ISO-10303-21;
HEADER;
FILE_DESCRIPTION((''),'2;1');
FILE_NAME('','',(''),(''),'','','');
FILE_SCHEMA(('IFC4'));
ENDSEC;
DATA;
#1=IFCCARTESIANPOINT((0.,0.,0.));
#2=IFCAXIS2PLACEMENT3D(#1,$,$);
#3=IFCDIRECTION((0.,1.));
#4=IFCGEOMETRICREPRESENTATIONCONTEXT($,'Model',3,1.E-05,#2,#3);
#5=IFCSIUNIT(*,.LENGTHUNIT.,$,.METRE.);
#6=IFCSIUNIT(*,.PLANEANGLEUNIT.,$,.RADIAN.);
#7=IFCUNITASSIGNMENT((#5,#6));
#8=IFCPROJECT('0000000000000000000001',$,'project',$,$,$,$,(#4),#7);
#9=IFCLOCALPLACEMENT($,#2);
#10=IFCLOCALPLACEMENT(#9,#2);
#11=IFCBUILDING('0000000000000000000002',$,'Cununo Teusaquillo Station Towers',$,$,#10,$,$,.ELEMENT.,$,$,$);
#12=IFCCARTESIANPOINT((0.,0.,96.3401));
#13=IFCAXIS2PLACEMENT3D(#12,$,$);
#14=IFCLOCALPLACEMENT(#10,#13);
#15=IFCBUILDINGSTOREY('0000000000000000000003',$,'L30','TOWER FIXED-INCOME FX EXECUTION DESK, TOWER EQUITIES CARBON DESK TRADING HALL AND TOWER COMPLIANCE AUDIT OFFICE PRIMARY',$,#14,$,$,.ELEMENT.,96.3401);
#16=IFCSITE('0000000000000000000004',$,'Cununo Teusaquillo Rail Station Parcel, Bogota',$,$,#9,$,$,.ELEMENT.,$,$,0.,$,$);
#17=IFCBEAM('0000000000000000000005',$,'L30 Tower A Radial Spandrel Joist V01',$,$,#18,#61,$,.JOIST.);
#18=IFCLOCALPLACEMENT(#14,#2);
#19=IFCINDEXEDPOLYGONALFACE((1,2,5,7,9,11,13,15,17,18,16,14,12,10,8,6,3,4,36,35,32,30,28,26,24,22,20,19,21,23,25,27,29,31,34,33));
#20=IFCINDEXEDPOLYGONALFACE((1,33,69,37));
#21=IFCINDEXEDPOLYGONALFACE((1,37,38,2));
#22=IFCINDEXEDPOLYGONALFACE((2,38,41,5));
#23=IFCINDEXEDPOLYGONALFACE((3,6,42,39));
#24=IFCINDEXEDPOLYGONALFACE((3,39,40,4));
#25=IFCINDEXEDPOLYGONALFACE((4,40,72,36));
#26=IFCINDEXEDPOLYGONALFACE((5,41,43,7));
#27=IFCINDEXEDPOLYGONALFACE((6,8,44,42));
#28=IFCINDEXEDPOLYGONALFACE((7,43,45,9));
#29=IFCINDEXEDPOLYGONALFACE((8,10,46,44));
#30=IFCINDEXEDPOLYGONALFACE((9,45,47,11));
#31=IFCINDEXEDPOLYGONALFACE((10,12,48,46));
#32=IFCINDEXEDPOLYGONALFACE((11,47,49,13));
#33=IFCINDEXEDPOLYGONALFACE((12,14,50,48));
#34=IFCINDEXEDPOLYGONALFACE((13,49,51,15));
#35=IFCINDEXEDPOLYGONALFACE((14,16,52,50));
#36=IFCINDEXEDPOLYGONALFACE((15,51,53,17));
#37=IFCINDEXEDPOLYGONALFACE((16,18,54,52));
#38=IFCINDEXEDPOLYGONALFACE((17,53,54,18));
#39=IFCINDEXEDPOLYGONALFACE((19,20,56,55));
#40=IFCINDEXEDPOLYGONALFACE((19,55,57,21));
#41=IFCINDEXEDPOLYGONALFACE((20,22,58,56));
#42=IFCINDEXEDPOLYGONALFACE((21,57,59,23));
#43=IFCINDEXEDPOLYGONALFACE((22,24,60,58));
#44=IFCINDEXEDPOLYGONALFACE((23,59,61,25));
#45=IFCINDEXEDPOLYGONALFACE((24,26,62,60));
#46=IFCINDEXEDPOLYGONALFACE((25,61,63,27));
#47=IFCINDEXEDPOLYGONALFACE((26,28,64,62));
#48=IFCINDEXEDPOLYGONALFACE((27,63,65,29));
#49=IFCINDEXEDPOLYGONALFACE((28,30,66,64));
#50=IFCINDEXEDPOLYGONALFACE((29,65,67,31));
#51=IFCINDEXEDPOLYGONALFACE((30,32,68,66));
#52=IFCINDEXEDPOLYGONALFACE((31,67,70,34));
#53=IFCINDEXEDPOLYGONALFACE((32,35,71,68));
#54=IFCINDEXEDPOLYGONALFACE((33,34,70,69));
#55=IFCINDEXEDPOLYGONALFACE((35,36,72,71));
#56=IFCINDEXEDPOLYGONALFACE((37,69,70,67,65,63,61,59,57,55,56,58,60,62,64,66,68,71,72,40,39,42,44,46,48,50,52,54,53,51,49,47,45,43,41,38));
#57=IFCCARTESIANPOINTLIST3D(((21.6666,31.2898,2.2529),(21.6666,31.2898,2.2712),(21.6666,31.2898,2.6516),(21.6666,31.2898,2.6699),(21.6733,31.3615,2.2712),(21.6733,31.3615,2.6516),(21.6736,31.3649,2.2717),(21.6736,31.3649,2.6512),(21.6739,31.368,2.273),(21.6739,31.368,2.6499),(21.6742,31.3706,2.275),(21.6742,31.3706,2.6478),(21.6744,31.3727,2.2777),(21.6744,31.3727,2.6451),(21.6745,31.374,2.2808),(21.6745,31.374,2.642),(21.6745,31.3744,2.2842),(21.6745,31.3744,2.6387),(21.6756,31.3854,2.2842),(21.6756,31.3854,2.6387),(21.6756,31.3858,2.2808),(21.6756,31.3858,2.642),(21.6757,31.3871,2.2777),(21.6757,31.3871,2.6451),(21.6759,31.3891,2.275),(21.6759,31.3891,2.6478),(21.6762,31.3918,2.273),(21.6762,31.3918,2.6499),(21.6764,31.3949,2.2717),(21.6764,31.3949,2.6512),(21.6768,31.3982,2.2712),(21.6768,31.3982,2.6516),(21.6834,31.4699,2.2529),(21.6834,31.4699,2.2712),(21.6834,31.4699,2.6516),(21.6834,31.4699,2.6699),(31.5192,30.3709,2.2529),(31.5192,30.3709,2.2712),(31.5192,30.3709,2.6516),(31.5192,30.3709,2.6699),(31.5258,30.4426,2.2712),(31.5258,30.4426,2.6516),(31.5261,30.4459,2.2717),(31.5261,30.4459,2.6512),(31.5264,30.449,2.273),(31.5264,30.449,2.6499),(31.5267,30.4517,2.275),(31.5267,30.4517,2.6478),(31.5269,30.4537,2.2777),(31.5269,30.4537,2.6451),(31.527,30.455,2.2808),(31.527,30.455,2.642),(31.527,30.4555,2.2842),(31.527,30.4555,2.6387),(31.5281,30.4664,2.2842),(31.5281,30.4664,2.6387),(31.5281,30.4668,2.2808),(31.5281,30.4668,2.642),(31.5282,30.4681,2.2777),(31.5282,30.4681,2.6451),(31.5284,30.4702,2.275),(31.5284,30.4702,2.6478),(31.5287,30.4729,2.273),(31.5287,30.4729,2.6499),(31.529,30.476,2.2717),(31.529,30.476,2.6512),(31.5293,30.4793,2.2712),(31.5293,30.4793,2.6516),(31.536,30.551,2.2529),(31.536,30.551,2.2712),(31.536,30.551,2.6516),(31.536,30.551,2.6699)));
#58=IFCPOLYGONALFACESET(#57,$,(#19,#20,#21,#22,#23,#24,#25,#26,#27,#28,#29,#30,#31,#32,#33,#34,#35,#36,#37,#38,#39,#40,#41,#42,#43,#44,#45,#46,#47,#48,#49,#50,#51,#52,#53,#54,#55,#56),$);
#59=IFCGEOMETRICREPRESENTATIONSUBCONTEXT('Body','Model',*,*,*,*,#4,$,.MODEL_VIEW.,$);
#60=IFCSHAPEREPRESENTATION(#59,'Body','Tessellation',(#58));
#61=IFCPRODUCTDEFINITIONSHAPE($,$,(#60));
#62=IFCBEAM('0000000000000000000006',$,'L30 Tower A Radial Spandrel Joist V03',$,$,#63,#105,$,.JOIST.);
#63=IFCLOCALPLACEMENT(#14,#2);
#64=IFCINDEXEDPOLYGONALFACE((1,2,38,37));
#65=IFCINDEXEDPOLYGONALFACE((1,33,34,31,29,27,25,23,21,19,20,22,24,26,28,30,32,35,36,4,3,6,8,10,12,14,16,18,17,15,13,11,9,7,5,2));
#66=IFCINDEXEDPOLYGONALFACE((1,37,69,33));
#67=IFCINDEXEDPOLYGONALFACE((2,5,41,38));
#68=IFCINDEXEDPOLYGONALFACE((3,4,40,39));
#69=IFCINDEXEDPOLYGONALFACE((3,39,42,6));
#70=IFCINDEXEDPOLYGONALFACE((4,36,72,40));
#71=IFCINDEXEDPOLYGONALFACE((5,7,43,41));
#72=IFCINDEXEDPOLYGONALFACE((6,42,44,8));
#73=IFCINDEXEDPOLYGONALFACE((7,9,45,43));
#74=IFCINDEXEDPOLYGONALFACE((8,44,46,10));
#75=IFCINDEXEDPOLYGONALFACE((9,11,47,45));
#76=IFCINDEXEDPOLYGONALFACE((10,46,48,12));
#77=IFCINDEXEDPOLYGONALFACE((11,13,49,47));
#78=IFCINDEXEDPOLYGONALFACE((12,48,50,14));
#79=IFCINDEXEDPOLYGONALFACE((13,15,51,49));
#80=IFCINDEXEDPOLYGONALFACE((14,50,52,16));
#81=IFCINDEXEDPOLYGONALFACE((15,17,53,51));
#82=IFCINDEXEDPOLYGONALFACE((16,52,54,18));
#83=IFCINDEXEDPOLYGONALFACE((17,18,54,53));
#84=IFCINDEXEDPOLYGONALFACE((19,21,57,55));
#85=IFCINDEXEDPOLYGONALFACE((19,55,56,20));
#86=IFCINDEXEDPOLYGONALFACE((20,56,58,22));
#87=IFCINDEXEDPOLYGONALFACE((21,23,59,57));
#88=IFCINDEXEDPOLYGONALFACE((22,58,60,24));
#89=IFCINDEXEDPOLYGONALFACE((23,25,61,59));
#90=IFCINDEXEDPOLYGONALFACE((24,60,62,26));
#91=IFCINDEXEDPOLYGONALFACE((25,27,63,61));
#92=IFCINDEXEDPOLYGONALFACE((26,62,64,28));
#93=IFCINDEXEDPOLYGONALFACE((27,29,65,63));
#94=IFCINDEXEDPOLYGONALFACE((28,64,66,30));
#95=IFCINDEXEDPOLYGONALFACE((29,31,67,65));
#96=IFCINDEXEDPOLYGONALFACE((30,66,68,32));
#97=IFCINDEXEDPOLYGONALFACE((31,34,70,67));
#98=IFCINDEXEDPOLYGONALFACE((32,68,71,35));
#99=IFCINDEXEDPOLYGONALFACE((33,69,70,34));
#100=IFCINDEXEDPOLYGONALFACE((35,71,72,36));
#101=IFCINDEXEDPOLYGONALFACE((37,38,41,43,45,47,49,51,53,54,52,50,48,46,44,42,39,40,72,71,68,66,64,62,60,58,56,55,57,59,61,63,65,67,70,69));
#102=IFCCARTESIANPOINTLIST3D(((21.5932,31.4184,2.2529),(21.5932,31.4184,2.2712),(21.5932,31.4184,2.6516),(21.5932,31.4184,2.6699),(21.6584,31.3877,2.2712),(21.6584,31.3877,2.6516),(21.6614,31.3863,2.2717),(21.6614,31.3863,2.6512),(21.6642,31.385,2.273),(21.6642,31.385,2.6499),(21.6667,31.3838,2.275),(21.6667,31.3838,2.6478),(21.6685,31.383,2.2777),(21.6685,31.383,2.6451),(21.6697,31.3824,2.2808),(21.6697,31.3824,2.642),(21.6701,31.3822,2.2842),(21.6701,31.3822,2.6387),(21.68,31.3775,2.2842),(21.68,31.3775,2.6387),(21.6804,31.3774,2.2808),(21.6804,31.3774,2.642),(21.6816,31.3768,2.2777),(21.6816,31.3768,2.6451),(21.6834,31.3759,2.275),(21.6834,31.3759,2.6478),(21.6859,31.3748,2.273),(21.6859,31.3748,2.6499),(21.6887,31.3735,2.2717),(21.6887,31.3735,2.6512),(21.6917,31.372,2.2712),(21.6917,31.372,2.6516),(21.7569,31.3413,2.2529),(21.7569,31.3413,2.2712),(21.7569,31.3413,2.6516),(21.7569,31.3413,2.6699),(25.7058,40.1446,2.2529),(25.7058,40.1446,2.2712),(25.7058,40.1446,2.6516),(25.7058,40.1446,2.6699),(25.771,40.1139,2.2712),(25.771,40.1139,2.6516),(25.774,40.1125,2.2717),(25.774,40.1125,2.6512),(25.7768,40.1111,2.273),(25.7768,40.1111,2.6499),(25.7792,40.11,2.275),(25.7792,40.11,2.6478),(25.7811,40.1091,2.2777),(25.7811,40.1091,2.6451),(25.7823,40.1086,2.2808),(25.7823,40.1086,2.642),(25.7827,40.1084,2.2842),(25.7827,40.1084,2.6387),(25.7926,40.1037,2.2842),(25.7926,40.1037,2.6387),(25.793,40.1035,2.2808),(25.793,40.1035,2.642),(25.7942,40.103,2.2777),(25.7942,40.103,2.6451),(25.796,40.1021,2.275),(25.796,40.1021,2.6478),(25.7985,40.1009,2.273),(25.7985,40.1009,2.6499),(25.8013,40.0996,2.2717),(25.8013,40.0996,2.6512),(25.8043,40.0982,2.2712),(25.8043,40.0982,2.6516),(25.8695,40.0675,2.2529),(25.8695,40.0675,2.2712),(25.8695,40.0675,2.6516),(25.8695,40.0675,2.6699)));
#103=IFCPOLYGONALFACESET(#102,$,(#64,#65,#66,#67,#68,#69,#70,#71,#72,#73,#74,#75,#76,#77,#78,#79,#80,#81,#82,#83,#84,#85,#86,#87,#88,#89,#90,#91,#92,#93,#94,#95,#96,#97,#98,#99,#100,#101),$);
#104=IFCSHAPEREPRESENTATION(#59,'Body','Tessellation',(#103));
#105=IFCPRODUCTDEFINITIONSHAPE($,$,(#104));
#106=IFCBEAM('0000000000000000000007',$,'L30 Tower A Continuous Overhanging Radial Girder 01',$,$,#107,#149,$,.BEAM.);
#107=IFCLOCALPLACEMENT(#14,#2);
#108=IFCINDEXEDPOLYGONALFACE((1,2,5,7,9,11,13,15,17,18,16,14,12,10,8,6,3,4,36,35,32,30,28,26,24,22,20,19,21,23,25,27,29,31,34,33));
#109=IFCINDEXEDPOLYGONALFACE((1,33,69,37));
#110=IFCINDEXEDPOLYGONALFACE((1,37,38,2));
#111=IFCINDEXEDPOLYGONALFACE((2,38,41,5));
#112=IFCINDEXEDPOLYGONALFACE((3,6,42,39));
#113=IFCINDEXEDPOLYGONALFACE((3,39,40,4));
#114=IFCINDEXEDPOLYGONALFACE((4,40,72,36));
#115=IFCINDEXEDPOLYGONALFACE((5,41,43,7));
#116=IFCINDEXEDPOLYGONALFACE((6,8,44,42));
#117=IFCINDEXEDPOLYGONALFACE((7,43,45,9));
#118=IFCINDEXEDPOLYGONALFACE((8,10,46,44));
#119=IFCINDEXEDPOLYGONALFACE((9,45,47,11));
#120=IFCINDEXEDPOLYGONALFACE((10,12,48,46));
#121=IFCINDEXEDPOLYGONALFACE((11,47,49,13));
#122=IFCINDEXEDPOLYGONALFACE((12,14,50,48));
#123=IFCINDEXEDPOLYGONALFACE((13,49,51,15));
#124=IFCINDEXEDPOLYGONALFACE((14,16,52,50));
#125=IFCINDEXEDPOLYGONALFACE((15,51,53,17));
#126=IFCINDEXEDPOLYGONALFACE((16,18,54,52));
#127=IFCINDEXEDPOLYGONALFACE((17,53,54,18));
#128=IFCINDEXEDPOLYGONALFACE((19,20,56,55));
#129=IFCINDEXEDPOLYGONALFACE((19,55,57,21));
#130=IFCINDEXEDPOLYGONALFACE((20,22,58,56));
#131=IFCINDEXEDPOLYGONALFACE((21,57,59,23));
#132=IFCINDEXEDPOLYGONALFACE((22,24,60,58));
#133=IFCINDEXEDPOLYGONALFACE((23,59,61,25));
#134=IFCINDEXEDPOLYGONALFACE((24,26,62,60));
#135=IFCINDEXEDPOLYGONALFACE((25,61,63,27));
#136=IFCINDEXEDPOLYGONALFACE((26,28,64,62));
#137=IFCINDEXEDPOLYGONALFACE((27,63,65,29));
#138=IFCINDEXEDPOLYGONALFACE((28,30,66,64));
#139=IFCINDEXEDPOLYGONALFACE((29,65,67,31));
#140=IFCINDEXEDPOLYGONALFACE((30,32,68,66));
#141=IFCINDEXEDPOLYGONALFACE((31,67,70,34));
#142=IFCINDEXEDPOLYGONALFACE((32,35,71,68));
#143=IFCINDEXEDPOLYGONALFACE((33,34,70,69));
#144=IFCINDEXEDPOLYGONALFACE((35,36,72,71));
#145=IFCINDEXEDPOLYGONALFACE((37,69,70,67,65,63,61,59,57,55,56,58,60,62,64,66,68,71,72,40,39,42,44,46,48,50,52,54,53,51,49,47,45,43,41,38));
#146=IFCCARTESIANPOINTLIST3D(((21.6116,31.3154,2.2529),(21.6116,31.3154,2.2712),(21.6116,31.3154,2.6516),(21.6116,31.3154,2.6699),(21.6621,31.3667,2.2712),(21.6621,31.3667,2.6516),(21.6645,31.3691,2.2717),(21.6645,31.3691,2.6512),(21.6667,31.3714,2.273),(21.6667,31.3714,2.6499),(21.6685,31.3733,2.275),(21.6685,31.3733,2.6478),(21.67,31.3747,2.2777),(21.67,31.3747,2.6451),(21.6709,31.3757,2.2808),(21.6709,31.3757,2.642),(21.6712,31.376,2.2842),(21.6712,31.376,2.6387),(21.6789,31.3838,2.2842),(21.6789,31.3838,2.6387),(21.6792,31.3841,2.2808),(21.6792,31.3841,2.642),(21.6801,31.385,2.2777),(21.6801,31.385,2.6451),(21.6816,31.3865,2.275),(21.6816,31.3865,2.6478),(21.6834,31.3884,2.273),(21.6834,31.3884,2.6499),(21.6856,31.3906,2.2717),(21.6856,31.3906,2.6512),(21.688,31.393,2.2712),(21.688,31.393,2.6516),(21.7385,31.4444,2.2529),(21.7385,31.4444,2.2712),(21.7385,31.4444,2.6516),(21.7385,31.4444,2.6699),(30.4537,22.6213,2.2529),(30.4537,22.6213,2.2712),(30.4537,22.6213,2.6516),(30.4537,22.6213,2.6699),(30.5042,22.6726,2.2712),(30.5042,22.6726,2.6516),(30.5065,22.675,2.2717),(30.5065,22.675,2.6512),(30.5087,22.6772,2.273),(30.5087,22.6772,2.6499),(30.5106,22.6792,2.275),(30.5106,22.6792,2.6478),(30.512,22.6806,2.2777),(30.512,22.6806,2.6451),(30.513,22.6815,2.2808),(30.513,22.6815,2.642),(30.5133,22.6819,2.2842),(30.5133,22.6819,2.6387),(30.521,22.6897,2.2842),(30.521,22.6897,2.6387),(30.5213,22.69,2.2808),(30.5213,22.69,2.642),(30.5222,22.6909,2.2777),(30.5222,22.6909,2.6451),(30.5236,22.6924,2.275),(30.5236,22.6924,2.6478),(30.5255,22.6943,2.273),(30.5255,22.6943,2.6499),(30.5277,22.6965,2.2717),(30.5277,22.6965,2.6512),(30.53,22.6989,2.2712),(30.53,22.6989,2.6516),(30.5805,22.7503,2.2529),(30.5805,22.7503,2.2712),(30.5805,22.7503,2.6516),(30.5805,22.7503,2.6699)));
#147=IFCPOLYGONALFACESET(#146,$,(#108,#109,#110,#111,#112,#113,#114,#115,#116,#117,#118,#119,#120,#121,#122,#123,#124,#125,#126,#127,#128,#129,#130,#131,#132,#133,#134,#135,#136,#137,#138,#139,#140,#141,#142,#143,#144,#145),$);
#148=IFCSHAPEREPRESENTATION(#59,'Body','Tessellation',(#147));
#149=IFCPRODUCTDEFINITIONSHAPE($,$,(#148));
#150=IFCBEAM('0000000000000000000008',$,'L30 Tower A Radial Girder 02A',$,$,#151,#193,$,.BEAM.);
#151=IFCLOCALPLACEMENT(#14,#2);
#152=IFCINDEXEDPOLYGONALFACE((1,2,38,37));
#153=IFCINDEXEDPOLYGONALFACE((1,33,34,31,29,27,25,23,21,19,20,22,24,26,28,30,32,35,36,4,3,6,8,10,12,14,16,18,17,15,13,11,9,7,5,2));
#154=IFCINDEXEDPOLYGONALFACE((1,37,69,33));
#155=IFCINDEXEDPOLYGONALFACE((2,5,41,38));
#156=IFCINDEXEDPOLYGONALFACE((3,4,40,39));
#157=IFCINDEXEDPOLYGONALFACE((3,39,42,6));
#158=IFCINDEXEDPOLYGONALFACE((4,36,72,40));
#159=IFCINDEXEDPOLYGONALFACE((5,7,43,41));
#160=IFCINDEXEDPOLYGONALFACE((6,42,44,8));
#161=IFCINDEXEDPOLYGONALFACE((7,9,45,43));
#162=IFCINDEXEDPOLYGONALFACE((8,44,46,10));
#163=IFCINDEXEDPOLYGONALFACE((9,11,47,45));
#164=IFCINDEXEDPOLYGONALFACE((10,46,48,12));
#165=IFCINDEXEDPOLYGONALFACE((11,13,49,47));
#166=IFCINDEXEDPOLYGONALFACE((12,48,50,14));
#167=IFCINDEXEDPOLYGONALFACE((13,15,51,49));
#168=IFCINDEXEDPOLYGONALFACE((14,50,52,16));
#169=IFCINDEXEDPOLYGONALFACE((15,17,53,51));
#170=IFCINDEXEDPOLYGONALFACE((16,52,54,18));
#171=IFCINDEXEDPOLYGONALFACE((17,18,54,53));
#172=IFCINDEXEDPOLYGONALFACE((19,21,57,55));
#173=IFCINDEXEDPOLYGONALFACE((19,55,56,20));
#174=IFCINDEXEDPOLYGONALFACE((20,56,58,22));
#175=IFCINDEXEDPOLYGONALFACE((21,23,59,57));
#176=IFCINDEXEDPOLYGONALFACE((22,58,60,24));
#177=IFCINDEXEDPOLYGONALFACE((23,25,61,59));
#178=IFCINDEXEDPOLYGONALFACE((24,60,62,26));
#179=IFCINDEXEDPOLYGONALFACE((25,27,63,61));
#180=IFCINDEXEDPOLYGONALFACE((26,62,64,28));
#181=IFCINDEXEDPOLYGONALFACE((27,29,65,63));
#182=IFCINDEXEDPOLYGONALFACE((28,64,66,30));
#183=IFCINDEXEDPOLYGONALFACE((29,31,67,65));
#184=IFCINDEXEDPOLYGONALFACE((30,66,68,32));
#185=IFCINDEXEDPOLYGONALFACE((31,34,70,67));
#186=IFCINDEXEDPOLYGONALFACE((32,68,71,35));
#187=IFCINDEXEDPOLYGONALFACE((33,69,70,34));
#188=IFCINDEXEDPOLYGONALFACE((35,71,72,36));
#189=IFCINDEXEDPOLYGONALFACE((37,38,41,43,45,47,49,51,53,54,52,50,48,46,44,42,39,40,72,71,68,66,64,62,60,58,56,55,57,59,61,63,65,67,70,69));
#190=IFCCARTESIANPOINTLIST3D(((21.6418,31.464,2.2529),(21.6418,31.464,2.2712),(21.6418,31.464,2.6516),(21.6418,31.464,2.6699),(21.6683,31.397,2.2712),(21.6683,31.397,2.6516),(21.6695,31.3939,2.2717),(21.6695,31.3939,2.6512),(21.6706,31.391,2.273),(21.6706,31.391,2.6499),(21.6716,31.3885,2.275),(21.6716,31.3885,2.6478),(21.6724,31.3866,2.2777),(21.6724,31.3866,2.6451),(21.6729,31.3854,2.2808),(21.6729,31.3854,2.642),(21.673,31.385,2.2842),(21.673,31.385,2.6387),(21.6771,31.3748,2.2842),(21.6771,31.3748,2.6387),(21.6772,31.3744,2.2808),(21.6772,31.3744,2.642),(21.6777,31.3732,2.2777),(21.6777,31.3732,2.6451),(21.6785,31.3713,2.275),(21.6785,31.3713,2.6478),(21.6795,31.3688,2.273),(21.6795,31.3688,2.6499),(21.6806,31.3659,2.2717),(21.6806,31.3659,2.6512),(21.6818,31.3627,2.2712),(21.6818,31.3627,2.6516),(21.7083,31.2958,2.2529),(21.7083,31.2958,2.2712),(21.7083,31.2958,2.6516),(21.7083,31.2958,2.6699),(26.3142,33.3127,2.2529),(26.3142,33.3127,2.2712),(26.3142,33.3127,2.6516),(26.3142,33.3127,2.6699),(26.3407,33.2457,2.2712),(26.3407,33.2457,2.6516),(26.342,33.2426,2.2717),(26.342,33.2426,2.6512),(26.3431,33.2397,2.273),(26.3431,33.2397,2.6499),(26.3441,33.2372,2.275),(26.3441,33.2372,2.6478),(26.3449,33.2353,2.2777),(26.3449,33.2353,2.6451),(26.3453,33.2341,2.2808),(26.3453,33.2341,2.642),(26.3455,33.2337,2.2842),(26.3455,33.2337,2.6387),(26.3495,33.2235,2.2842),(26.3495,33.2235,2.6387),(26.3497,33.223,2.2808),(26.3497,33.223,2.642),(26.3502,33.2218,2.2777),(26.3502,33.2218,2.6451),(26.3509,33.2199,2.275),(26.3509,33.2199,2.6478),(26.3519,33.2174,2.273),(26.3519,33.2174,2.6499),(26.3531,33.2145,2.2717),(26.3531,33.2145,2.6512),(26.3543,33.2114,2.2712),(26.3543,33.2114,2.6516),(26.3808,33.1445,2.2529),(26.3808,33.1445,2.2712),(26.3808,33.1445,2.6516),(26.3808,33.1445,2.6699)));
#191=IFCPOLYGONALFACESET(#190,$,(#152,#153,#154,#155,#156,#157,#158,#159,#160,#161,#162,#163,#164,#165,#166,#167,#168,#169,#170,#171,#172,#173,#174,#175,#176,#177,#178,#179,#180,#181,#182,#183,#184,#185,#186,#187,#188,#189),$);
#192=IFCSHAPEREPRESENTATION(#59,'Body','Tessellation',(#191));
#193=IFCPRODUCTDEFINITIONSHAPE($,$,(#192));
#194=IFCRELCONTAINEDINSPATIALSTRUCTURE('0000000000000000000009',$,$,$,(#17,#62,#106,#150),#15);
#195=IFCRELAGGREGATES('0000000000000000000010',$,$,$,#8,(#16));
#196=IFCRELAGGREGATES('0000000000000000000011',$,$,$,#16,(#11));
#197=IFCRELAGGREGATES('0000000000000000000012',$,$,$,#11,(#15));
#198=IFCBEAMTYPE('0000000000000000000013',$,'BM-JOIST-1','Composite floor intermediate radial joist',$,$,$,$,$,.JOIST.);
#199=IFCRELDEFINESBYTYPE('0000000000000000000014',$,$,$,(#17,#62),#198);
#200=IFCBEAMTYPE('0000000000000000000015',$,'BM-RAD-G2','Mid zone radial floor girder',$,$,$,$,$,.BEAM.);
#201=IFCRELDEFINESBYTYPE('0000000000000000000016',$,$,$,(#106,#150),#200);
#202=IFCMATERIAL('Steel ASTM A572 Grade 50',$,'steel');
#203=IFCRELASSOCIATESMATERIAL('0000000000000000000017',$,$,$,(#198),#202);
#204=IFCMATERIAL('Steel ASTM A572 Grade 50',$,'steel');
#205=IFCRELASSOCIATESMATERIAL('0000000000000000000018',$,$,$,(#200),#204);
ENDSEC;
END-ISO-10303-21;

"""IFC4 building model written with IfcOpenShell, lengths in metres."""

from ifc_helpers import new_model, si_unit, direction, frame, origin, origin_2d, place, context, subcontext, project, spatial, i_section, extrude, material, material_profile, profile_set, type_object, element, save


model = new_model("IFC4")

# Units and contexts
model_context = context("Model", 3, precision=1e-05, world=origin(), true_north=direction((0.0, 1.0)))
body_context = subcontext(model_context, "Body", "Model", "MODEL_VIEW")
ifc_project = project(units=[si_unit("LENGTHUNIT", "METRE"), si_unit("PLANEANGLEUNIT", "RADIAN")], contexts=[model_context])

# Site, building, storey
site_placement = place(None, origin())
site = spatial("IfcSite", under=ifc_project, at=site_placement, Name="Cununo Teusaquillo Rail Station Parcel, Bogota", CompositionType="ELEMENT", RefElevation=0.0)
building_placement = place(site_placement, origin())
building = spatial("IfcBuilding", under=site, at=building_placement, Name="Cununo Teusaquillo Station Towers", CompositionType="ELEMENT")
storey_placement = place(building_placement, frame((0.0, 0.0, 96.3401)))
storey = spatial("IfcBuildingStorey", under=building, at=storey_placement, Name="L30", Description="TOWER FIXED-INCOME FX EXECUTION DESK, TOWER EQUITIES CARBON DESK TRADING HALL AND TOWER COMPLIANCE AUDIT OFFICE PRIMARY", CompositionType="ELEMENT", Elevation=96.3401)

# Beams
ifc_material_1 = material(Name="Steel ASTM A572 Grade 50", Category="steel")
ifc_material_profile_1 = material_profile(ifc_material_1, i_section(OverallWidth=0.1809, OverallDepth=0.417, WebThickness=0.011, FlangeThickness=0.0183, FilletRadius=0.0129, at=origin_2d()), Name="W16X57")
ifc_profile_set_1 = profile_set([ifc_material_profile_1], Name="Steel ASTM A572 Grade 50")
beam_type_1 = type_object("IfcBeamType", Name="BM-JOIST-1", Description="Composite floor intermediate radial joist", PredefinedType="JOIST", material=ifc_profile_set_1)
beam_1_placement = place(storey_placement, frame((21.675, 31.3799, 2.4614), z_axis=(0.995679, -0.092867, 0.0), x_axis=(0.092867, 0.995679, 0.0)))
element("IfcBeam", 1, at=beam_1_placement, inside=storey, type_object=beam_type_1, Name="L30 Tower A Radial Spandrel Joist V01", PredefinedType="JOIST", context=body_context, shape_type="SweptSolid", body=[
    extrude(i_section(OverallWidth=0.1809, OverallDepth=0.417, WebThickness=0.011, FlangeThickness=0.0183, FilletRadius=0.0129, at=origin_2d()), origin(), (0.0, 0.0, 1.0), 9.8953),
])
beam_2_placement = place(storey_placement, frame((21.675, 31.3799, 2.4614), z_axis=(0.42632, 0.904572, 0.0), x_axis=(-0.904572, 0.42632, 0.0)))
element("IfcBeam", 2, at=beam_2_placement, inside=storey, type_object=beam_type_1, Name="L30 Tower A Radial Spandrel Joist V03", PredefinedType="JOIST", context=body_context, shape_type="SweptSolid", body=[
    extrude(i_section(OverallWidth=0.1809, OverallDepth=0.417, WebThickness=0.011, FlangeThickness=0.0183, FilletRadius=0.0129, at=origin_2d()), origin(), (0.0, 0.0, 1.0), 9.6467),
])
ifc_material_2 = material(Name="Steel ASTM A572 Grade 50", Category="steel")
ifc_material_profile_2 = material_profile(ifc_material_2, i_section(OverallWidth=0.1809, OverallDepth=0.417, WebThickness=0.011, FlangeThickness=0.0183, FilletRadius=0.0129, at=origin_2d()), Name="W16X57")
ifc_profile_set_2 = profile_set([ifc_material_profile_2], Name="Steel ASTM A572 Grade 50")
beam_type_2 = type_object("IfcBeamType", Name="BM-RAD-G2", Description="Mid zone radial floor girder", PredefinedType="BEAM", material=ifc_profile_set_2)
beam_3_placement = place(storey_placement, frame((21.675, 31.3799, 2.4614), z_axis=(0.713047, -0.701116, 0.0), x_axis=(0.701116, 0.713047, 0.0)))
element("IfcBeam", 3, at=beam_3_placement, inside=storey, type_object=beam_type_2, Name="L30 Tower A Continuous Overhanging Radial Girder 01", PredefinedType="BEAM", context=body_context, shape_type="SweptSolid", body=[
    extrude(i_section(OverallWidth=0.1809, OverallDepth=0.417, WebThickness=0.011, FlangeThickness=0.0183, FilletRadius=0.0129, at=origin_2d()), origin(), (0.0, 0.0, 1.0), 12.4004),
])
beam_4_placement = place(storey_placement, frame((21.675, 31.3799, 2.4614), z_axis=(0.929864, 0.367903, 0.0), x_axis=(-0.367903, 0.929864, 0.0)))
element("IfcBeam", 4, at=beam_4_placement, inside=storey, type_object=beam_type_2, Name="L30 Tower A Radial Girder 02A", PredefinedType="BEAM", context=body_context, shape_type="SweptSolid", body=[
    extrude(i_section(OverallWidth=0.1809, OverallDepth=0.417, WebThickness=0.011, FlangeThickness=0.0183, FilletRadius=0.0129, at=origin_2d()), origin(), (0.0, 0.0, 1.0), 5.0249),
])

save(model, "model.ifc")
